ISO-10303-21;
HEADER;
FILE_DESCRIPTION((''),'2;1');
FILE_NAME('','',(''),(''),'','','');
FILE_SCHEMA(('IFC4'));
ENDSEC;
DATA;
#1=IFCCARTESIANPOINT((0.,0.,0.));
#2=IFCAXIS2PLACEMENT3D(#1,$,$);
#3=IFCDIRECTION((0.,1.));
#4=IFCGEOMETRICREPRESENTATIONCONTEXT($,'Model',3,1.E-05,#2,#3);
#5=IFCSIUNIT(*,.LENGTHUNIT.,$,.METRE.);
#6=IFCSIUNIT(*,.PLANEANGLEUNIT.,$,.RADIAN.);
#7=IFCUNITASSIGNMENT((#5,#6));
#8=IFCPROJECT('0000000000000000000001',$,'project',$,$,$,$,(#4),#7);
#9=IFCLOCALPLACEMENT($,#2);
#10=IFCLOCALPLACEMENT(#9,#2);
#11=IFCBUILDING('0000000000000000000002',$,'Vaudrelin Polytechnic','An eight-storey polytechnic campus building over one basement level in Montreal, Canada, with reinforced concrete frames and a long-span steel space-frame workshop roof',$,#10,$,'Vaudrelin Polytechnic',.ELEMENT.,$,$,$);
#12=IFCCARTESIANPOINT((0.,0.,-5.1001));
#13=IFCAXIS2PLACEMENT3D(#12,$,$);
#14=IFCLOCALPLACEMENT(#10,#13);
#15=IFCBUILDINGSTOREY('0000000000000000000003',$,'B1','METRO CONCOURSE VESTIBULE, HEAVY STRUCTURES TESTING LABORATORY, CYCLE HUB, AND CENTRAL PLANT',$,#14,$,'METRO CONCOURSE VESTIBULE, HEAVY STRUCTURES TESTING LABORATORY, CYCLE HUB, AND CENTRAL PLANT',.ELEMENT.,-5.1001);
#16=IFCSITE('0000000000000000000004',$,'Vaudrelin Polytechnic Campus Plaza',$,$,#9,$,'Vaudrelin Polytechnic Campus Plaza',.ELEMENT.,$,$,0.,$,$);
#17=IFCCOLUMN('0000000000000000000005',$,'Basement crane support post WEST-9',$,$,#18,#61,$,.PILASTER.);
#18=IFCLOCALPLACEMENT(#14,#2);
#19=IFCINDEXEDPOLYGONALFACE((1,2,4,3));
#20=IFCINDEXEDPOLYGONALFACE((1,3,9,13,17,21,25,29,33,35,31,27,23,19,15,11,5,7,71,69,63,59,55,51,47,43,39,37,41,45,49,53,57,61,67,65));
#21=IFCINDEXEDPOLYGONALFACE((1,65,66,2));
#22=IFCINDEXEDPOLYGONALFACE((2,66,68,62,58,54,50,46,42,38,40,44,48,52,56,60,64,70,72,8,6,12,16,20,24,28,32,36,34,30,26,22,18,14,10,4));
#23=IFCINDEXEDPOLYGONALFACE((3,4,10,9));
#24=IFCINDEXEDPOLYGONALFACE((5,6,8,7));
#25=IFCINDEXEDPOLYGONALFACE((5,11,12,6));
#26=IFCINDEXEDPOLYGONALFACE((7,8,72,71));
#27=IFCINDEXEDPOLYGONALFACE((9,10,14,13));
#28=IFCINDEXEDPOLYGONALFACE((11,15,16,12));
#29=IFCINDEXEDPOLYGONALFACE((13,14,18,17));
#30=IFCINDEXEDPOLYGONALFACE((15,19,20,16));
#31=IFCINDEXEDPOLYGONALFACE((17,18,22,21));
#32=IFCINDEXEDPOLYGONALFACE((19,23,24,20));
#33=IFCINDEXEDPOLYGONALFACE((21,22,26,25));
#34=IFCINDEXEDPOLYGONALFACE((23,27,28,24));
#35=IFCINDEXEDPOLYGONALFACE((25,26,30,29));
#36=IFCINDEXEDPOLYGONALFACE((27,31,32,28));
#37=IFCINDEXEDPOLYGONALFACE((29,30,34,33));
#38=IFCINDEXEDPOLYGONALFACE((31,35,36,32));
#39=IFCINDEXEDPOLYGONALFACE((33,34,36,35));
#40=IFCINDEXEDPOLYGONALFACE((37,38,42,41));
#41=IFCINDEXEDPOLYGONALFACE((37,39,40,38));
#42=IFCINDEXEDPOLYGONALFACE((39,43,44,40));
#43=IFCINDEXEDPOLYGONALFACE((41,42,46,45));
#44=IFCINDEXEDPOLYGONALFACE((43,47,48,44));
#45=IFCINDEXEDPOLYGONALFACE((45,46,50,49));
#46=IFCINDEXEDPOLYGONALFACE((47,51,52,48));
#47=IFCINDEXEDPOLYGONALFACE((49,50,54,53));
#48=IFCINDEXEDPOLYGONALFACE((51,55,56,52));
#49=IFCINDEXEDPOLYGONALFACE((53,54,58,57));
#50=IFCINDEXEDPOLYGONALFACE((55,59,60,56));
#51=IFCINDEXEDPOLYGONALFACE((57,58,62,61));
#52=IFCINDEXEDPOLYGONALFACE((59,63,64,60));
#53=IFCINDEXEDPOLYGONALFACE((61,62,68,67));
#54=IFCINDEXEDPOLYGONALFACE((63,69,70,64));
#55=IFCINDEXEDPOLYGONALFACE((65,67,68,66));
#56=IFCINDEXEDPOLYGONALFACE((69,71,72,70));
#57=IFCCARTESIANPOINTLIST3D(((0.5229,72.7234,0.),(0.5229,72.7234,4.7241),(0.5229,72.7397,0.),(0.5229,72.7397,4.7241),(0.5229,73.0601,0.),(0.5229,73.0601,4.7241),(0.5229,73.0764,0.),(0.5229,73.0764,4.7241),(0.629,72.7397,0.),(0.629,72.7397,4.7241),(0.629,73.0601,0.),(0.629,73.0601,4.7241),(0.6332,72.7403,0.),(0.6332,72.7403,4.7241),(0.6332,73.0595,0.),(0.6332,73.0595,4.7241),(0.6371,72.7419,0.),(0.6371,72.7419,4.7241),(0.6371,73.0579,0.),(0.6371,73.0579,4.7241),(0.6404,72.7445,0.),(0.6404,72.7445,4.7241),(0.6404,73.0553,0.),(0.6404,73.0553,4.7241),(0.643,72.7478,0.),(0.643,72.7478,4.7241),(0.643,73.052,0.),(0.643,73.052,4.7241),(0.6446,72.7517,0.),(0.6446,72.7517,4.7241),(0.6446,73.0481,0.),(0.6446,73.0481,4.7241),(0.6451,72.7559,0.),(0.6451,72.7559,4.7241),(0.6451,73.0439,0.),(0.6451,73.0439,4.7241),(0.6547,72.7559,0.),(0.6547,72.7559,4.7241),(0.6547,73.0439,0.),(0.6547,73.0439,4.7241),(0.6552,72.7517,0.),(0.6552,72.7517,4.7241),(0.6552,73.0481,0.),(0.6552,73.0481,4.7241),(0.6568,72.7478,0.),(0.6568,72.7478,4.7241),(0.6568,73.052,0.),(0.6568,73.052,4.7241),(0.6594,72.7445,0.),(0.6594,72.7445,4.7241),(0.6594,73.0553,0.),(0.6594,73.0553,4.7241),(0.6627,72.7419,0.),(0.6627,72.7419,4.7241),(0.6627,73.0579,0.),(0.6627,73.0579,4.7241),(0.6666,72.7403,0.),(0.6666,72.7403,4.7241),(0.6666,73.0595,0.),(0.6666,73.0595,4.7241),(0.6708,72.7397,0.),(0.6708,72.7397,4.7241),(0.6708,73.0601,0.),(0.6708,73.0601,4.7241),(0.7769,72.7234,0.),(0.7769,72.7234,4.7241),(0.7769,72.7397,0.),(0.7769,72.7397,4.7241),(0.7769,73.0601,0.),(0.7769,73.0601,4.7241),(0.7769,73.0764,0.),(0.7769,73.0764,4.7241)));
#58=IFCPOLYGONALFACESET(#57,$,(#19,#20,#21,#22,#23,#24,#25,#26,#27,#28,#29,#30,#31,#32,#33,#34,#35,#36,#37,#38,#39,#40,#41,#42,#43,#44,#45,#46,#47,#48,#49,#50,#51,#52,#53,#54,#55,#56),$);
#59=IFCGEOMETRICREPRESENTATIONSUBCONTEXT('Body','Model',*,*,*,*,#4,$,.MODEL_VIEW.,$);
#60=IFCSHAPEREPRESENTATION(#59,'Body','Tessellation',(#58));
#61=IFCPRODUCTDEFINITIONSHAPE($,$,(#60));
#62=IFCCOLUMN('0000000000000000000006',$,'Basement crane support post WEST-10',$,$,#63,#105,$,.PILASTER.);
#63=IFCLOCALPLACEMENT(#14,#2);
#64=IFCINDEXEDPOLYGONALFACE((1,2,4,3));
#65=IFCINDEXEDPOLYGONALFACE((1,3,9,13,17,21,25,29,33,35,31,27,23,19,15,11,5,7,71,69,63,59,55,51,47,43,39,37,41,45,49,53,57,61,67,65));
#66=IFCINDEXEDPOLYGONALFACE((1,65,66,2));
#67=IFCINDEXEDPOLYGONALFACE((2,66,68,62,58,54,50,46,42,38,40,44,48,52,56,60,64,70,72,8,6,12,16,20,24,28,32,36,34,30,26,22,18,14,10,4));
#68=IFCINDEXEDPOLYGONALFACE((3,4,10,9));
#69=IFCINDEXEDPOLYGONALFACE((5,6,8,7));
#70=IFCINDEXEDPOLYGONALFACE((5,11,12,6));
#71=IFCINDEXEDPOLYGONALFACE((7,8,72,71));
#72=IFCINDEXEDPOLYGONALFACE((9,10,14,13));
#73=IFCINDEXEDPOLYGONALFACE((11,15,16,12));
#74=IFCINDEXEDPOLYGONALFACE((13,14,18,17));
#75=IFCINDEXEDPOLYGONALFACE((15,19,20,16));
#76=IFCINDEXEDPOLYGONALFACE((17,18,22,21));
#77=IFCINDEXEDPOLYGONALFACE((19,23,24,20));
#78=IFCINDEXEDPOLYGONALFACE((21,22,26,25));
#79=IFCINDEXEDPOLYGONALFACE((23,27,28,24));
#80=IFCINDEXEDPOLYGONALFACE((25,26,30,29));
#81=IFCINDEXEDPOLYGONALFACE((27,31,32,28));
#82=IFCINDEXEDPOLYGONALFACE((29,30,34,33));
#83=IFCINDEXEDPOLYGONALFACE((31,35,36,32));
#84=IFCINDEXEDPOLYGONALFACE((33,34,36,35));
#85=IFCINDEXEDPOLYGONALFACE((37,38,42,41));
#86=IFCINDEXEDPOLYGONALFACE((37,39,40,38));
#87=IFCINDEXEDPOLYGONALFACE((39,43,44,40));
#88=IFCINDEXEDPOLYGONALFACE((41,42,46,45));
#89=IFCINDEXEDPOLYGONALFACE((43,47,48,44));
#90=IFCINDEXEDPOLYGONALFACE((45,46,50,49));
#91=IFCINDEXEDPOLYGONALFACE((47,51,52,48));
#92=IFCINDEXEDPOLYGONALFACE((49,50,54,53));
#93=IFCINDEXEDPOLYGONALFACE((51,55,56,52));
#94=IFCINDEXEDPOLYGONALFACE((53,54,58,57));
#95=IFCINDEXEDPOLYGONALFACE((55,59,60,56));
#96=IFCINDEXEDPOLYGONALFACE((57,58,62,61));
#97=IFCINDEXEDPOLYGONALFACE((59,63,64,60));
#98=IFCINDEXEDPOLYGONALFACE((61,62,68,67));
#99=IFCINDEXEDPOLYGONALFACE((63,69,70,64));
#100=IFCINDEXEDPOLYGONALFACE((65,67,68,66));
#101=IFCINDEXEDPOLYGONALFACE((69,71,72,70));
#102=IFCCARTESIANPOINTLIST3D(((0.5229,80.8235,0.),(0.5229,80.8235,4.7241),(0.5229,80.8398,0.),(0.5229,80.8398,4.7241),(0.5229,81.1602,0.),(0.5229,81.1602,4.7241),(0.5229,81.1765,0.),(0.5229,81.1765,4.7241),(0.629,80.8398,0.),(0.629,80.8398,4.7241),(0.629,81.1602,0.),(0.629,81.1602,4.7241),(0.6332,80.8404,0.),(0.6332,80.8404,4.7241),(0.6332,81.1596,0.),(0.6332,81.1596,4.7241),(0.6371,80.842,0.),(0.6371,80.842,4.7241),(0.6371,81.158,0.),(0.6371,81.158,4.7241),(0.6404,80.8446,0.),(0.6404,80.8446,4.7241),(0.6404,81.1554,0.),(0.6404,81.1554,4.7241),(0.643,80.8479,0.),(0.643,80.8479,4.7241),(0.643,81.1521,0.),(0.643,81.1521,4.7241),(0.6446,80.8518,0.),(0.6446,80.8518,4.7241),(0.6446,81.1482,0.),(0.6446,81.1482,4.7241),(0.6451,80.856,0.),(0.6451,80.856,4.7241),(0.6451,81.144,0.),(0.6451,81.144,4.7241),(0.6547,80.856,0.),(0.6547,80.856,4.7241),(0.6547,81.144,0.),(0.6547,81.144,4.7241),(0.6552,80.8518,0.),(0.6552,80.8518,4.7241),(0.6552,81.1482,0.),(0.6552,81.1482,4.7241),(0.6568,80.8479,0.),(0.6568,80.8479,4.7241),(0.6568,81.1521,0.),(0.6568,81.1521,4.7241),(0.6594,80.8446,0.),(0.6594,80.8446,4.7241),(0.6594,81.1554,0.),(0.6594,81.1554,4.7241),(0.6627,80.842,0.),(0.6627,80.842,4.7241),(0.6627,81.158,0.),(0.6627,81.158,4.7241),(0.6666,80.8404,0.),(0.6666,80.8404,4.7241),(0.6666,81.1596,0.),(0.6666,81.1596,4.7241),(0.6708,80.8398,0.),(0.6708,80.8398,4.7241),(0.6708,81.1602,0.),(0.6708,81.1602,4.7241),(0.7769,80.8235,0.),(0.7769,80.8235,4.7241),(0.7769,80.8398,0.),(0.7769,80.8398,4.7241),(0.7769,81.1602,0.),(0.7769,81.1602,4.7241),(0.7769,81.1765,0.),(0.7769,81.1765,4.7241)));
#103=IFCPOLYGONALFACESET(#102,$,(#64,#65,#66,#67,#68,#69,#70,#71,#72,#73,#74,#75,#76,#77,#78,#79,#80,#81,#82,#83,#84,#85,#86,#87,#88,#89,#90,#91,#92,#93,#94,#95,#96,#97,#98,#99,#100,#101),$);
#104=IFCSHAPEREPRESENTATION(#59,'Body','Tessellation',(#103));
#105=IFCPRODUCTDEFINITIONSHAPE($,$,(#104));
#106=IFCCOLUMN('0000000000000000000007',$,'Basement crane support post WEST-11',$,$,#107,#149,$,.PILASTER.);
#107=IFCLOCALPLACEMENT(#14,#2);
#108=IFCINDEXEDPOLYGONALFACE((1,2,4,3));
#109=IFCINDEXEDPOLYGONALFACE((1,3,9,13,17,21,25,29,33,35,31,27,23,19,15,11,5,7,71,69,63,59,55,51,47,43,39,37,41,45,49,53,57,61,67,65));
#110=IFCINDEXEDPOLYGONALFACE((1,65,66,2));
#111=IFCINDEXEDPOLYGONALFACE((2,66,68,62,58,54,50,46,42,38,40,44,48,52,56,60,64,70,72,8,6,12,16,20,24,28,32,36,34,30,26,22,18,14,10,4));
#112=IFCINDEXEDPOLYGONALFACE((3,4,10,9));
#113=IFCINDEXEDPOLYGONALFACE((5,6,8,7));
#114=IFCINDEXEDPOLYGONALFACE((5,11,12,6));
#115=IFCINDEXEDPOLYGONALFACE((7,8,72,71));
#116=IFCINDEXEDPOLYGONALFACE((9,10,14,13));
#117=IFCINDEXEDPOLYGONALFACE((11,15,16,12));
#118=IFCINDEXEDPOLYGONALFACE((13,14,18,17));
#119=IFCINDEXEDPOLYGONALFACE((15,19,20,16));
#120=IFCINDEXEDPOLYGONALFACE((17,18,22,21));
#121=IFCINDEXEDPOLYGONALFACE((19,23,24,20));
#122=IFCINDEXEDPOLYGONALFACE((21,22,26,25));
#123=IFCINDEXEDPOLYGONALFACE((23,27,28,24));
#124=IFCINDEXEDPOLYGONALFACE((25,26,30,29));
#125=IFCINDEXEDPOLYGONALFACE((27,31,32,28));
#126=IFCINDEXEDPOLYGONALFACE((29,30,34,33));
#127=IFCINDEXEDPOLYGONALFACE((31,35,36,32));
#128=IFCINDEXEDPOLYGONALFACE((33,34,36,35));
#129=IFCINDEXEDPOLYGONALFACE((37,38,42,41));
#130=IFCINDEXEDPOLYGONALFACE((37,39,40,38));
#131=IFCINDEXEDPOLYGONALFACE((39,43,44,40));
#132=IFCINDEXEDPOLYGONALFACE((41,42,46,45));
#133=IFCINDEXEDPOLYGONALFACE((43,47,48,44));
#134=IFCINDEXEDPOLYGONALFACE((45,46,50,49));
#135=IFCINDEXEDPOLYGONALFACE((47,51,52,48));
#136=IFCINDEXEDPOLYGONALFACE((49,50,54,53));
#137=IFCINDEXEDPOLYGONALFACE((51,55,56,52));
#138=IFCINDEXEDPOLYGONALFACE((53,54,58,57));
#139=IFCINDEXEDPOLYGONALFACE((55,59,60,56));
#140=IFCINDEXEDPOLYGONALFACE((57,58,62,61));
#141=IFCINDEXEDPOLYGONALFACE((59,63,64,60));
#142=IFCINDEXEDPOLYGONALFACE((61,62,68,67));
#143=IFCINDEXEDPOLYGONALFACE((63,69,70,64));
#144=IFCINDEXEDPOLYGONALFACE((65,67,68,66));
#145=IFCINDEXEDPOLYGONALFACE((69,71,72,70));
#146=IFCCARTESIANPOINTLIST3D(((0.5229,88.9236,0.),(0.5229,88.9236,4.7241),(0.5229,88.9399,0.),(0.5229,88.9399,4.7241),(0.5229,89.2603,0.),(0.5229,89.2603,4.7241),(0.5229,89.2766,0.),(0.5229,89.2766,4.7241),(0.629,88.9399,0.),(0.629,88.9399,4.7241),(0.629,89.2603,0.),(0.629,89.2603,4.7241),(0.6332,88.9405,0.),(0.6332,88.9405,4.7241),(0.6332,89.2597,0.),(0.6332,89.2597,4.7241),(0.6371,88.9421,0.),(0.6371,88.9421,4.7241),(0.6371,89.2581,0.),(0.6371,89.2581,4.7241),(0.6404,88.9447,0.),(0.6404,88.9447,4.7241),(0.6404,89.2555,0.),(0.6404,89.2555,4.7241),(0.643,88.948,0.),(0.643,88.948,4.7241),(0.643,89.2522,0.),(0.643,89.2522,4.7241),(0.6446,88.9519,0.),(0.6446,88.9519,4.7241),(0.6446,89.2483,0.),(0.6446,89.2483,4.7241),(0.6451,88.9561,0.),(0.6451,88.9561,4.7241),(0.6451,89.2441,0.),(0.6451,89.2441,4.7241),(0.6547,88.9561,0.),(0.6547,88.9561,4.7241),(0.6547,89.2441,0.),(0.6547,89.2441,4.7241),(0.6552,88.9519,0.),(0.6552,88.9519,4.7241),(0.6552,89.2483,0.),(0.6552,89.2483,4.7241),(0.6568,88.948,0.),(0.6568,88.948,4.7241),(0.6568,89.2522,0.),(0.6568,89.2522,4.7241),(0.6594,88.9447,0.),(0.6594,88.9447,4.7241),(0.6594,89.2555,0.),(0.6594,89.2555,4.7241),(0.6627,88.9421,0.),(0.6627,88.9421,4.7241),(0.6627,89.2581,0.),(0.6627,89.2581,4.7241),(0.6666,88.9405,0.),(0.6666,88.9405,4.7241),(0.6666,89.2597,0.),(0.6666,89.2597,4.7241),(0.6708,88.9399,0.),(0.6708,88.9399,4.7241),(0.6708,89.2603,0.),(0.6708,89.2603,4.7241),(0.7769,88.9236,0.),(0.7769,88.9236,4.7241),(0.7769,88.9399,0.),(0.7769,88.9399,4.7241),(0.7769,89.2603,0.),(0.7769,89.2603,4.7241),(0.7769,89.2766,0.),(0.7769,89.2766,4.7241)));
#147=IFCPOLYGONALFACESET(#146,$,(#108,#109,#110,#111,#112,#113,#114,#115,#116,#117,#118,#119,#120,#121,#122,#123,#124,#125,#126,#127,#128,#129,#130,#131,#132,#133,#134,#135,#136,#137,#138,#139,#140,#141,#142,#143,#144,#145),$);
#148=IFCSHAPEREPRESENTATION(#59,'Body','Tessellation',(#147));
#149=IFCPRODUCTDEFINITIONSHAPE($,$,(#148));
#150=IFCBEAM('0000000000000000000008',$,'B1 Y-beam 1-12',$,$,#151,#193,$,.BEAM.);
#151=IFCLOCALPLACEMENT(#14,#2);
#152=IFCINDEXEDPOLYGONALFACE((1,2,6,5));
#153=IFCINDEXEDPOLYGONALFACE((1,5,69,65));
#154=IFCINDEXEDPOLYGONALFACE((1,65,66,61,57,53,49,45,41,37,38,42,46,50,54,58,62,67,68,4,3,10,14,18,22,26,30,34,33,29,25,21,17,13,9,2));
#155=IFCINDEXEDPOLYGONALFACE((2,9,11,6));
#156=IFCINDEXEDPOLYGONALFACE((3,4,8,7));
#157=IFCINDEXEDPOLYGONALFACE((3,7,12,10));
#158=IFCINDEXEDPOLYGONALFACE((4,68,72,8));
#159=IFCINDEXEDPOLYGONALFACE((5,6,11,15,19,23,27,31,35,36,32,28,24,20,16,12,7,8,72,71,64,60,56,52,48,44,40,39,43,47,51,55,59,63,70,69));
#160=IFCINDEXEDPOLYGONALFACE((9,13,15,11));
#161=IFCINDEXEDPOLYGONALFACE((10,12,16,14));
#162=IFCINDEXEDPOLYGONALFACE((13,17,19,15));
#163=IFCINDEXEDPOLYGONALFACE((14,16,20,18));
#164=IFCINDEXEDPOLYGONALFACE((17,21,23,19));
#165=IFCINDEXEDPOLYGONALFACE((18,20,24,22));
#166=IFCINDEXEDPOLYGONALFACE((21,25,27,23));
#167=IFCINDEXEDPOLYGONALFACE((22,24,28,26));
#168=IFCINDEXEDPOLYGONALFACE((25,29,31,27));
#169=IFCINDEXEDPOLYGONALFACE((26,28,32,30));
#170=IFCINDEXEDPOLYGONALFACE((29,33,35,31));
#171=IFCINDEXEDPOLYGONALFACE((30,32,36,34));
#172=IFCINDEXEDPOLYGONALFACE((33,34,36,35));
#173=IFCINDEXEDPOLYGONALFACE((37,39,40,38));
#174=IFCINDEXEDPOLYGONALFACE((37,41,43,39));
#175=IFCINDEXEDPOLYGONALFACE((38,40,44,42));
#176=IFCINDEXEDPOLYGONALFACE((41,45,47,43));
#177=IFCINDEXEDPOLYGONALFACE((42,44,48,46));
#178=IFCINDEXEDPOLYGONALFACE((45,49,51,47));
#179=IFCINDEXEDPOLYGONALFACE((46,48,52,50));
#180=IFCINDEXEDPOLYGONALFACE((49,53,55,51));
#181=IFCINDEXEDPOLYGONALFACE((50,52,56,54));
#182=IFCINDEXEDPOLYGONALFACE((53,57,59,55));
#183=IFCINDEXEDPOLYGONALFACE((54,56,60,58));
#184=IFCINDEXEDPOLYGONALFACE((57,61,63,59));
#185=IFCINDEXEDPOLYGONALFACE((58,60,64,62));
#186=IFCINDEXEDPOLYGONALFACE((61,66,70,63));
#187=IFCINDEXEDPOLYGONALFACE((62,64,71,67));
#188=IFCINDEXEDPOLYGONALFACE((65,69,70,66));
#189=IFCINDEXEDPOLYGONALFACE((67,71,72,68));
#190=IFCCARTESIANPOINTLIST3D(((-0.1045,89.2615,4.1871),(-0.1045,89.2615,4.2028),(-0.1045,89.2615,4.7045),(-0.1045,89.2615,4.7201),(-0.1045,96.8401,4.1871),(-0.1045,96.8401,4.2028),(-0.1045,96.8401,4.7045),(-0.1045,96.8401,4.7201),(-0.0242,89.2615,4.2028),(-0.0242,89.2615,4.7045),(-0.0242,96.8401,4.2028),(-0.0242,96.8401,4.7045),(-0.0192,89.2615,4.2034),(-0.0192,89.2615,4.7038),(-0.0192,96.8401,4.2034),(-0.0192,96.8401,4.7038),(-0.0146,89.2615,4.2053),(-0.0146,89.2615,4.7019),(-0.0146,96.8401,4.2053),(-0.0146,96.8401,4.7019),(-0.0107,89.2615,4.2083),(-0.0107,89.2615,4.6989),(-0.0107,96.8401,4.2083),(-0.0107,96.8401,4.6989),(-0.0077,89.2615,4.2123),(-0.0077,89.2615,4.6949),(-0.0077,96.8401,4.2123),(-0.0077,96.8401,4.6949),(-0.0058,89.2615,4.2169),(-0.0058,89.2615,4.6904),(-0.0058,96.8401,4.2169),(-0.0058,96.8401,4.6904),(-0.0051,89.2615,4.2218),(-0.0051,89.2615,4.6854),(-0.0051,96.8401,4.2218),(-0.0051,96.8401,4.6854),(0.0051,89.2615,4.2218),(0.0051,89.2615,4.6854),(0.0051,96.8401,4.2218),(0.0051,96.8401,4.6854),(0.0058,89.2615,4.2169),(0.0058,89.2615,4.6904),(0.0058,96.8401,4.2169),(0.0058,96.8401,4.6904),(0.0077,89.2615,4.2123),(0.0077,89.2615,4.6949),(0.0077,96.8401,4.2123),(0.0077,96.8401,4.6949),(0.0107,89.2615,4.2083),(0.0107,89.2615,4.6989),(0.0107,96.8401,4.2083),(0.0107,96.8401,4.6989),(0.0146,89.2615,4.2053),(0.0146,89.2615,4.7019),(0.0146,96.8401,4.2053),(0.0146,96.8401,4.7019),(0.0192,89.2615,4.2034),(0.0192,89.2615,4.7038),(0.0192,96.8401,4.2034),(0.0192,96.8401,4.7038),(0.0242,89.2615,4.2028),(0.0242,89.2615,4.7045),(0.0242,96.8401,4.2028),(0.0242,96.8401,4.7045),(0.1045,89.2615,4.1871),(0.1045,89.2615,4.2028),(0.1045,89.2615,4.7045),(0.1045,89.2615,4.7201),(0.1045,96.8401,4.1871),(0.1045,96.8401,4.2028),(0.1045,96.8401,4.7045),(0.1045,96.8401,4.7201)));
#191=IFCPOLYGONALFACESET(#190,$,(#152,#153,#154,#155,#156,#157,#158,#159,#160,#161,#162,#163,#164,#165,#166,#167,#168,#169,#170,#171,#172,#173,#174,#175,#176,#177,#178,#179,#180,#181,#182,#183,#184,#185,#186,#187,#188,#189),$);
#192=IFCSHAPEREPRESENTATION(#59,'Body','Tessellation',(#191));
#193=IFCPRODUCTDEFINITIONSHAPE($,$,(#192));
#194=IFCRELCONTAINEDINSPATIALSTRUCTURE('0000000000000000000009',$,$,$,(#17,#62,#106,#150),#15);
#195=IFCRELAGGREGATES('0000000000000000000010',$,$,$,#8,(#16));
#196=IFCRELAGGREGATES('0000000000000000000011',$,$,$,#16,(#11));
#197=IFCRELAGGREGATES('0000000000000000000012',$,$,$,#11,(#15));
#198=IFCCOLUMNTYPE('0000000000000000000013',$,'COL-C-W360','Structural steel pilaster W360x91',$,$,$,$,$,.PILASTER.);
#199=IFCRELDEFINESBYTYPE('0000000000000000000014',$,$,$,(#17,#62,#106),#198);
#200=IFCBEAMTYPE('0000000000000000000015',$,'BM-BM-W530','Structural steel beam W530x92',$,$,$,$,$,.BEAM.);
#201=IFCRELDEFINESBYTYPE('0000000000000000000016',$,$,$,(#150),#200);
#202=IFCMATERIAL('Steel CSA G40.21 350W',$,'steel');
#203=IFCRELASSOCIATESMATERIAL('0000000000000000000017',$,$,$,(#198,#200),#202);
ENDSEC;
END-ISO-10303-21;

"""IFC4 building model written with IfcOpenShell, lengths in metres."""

from ifc_helpers import new_model, si_unit, direction, frame, origin, origin_2d, place, context, subcontext, project, spatial, i_section, extrude, material, material_profile, profile_set, type_object, element, save


model = new_model("IFC4")

# Units and contexts
model_context = context("Model", 3, precision=1e-05, world=origin(), true_north=direction((0.0, 1.0)))
body_context = subcontext(model_context, "Body", "Model", "MODEL_VIEW")
ifc_project = project(units=[si_unit("LENGTHUNIT", "METRE"), si_unit("PLANEANGLEUNIT", "RADIAN")], contexts=[model_context])

# Site, building, storey
site_placement = place(None, origin())
site = spatial("IfcSite", under=ifc_project, at=site_placement, Name="Vaudrelin Polytechnic Campus Plaza", LongName="Vaudrelin Polytechnic Campus Plaza", CompositionType="ELEMENT", RefElevation=0.0)
building_placement = place(site_placement, origin())
building = spatial("IfcBuilding", under=site, at=building_placement, Name="Vaudrelin Polytechnic", Description="An eight-storey polytechnic campus building over one basement level in Montreal, Canada, with reinforced concrete frames and a long-span steel space-frame workshop roof", LongName="Vaudrelin Polytechnic", CompositionType="ELEMENT")
storey_placement = place(building_placement, frame((0.0, 0.0, -5.1001)))
storey = spatial("IfcBuildingStorey", under=building, at=storey_placement, Name="B1", Description="METRO CONCOURSE VESTIBULE, HEAVY STRUCTURES TESTING LABORATORY, CYCLE HUB, AND CENTRAL PLANT", LongName="METRO CONCOURSE VESTIBULE, HEAVY STRUCTURES TESTING LABORATORY, CYCLE HUB, AND CENTRAL PLANT", CompositionType="ELEMENT", Elevation=-5.1001)

# Columns
ifc_material_1 = material(Name="Steel CSA G40.21 350W", Category="steel")
ifc_material_profile_1 = material_profile(ifc_material_1, i_section(OverallWidth=0.2539, OverallDepth=0.353, WebThickness=0.0095, FlangeThickness=0.0164, FilletRadius=0.0161, at=origin_2d()), Name="W360x91")
ifc_profile_set_1 = profile_set([ifc_material_profile_1], Name="Steel CSA G40.21 350W")
column_type_1 = type_object("IfcColumnType", Name="COL-C-W360", Description="Structural steel pilaster W360x91", PredefinedType="PILASTER", material=ifc_profile_set_1)
for number, where, z_axis, x_axis, name in (
    (1, (0.6499, 72.8999, 0.0), (0.0, 0.0, 1.0), (1.0, 0.0, 0.0), "Basement crane support post WEST-9"),
    (2, (0.6499, 81.0, 0.0), (0.0, 0.0, 1.0), (1.0, 0.0, 0.0), "Basement crane support post WEST-10"),
    (3, (0.6499, 89.1001, 0.0), (0.0, 0.0, 1.0), (1.0, 0.0, 0.0), "Basement crane support post WEST-11"),
):
    element("IfcColumn", number, at=place(storey_placement, frame(where, z_axis=z_axis, x_axis=x_axis)), inside=storey, type_object=column_type_1, Name=name, PredefinedType="PILASTER", context=body_context, shape_type="SweptSolid", body=[
        extrude(i_section(OverallWidth=0.2539, OverallDepth=0.353, WebThickness=0.0095, FlangeThickness=0.0164, FilletRadius=0.0161, at=origin_2d()), origin(), (0.0, 0.0, 1.0), 4.7241),
    ])

# Beam
ifc_material_profile_2 = material_profile(ifc_material_1, i_section(OverallWidth=0.209, OverallDepth=0.533, WebThickness=0.0103, FlangeThickness=0.0156, FilletRadius=0.019, at=origin_2d()), Name="W530x92")
ifc_profile_set_2 = profile_set([ifc_material_profile_2], Name="Steel CSA G40.21 350W")
beam_type_1 = type_object("IfcBeamType", Name="BM-BM-W530", Description="Structural steel beam W530x92", PredefinedType="BEAM", material=ifc_profile_set_2)
beam_1_placement = place(storey_placement, frame((0.0, 89.2615, 4.4536), z_axis=(0.0, 1.0, 0.0), x_axis=(-1.0, 0.0, 0.0)))
element("IfcBeam", 4, at=beam_1_placement, inside=storey, type_object=beam_type_1, Name="B1 Y-beam 1-12", PredefinedType="BEAM", context=body_context, shape_type="SweptSolid", body=[
    extrude(i_section(OverallWidth=0.209, OverallDepth=0.533, WebThickness=0.0103, FlangeThickness=0.0156, FilletRadius=0.019, at=origin_2d()), origin(), (0.0, 0.0, 1.0), 7.5786),
])

save(model, "model.ifc")
